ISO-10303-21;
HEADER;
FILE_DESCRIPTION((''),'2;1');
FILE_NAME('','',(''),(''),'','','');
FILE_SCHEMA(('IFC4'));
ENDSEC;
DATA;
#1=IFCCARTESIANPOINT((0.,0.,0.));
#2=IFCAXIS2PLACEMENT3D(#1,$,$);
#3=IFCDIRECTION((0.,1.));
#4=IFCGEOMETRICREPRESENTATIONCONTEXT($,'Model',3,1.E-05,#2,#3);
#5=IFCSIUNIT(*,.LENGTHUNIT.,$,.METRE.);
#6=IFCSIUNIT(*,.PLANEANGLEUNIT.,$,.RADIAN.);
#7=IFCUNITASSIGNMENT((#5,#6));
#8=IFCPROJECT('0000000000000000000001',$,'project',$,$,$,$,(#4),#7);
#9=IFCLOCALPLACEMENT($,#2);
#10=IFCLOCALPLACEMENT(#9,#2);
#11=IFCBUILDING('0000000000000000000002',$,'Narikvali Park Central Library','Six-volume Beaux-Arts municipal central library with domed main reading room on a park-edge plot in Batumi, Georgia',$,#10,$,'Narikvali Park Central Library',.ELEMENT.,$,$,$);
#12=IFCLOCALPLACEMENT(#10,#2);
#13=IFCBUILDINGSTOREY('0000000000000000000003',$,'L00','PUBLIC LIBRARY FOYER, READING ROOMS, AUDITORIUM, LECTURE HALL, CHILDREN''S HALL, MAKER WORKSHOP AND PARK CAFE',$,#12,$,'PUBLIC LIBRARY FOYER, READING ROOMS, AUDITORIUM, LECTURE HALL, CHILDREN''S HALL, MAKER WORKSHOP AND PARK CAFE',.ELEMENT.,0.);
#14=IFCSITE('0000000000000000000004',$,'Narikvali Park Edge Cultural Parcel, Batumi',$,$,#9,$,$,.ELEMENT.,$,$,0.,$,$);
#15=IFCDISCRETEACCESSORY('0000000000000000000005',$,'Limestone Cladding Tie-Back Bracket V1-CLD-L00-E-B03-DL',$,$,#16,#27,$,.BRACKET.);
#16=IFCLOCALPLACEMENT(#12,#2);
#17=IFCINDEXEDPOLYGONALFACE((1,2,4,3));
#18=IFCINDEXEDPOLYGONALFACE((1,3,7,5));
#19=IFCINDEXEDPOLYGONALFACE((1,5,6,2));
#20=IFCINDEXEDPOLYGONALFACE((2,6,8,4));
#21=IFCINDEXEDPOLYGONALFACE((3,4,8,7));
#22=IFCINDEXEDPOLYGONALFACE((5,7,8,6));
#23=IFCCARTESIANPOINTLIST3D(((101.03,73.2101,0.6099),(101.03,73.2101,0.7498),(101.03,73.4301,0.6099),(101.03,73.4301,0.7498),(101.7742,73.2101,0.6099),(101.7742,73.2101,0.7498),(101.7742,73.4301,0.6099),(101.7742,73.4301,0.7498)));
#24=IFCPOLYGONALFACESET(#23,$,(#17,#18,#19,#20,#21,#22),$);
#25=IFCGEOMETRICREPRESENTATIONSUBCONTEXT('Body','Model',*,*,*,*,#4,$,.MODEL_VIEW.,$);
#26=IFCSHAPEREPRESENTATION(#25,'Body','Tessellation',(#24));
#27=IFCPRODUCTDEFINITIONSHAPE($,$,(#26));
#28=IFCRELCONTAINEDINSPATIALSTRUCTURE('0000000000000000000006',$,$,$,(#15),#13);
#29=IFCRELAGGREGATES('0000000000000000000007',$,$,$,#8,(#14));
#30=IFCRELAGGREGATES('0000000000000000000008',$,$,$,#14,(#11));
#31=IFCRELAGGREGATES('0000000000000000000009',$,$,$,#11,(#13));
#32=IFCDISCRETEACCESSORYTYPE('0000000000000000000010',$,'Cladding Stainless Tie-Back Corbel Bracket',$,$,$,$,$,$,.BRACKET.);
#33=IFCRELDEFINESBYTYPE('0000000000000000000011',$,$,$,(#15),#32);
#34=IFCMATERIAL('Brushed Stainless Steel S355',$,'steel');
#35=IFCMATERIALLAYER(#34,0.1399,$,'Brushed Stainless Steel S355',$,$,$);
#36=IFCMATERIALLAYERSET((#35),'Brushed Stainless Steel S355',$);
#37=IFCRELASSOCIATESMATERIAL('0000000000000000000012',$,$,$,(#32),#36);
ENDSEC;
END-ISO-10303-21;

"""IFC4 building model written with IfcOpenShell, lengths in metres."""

from ifc_helpers import new_model, si_unit, direction, frame, origin, origin_2d, place, context, subcontext, project, spatial, rectangle, extrude, material, layer, layer_set, type_object, element, save


model = new_model("IFC4")

# Units and contexts
model_context = context("Model", 3, precision=1e-05, world=origin(), true_north=direction((0.0, 1.0)))
body_context = subcontext(model_context, "Body", "Model", "MODEL_VIEW")
ifc_project = project(units=[si_unit("LENGTHUNIT", "METRE"), si_unit("PLANEANGLEUNIT", "RADIAN")], contexts=[model_context])

# Site, building, storey
site_placement = place(None, origin())
site = spatial("IfcSite", under=ifc_project, at=site_placement, Name="Narikvali Park Edge Cultural Parcel, Batumi", CompositionType="ELEMENT", RefElevation=0.0)
building_placement = place(site_placement, origin())
building = spatial("IfcBuilding", under=site, at=building_placement, Name="Narikvali Park Central Library", Description="Six-volume Beaux-Arts municipal central library with domed main reading room on a park-edge plot in Batumi, Georgia", LongName="Narikvali Park Central Library", CompositionType="ELEMENT")
storey_placement = place(building_placement, origin())
storey = spatial("IfcBuildingStorey", under=building, at=storey_placement, Name="L00", Description="PUBLIC LIBRARY FOYER, READING ROOMS, AUDITORIUM, LECTURE HALL, CHILDREN'S HALL, MAKER WORKSHOP AND PARK CAFE", LongName="PUBLIC LIBRARY FOYER, READING ROOMS, AUDITORIUM, LECTURE HALL, CHILDREN'S HALL, MAKER WORKSHOP AND PARK CAFE", CompositionType="ELEMENT", Elevation=0.0)

# Discrete accessory
ifc_material_1 = material(Name="Brushed Stainless Steel S355", Category="steel")
ifc_layer_1 = layer(ifc_material_1, 0.1399, Name="Brushed Stainless Steel S355")
ifc_layer_set_1 = layer_set([ifc_layer_1], Name="Brushed Stainless Steel S355")
discrete_accessory_type = type_object("IfcDiscreteAccessoryType", Name="Cladding Stainless Tie-Back Corbel Bracket", PredefinedType="BRACKET", material=ifc_layer_set_1)
discrete_accessory_1_placement = place(storey_placement, frame((101.4021, 73.3201, 0.6099), z_axis=(0.0, 0.0, 1.0), x_axis=(1.0, 0.0, 0.0)))
element("IfcDiscreteAccessory", 1, at=discrete_accessory_1_placement, inside=storey, type_object=discrete_accessory_type, Name="Limestone Cladding Tie-Back Bracket V1-CLD-L00-E-B03-DL", PredefinedType="BRACKET", context=body_context, shape_type="SweptSolid", body=[
    extrude(rectangle(XDim=0.7441, YDim=0.22, at=origin_2d()), origin(), (0.0, 0.0, 1.0), 0.1399),
])

save(model, "model.ifc")
